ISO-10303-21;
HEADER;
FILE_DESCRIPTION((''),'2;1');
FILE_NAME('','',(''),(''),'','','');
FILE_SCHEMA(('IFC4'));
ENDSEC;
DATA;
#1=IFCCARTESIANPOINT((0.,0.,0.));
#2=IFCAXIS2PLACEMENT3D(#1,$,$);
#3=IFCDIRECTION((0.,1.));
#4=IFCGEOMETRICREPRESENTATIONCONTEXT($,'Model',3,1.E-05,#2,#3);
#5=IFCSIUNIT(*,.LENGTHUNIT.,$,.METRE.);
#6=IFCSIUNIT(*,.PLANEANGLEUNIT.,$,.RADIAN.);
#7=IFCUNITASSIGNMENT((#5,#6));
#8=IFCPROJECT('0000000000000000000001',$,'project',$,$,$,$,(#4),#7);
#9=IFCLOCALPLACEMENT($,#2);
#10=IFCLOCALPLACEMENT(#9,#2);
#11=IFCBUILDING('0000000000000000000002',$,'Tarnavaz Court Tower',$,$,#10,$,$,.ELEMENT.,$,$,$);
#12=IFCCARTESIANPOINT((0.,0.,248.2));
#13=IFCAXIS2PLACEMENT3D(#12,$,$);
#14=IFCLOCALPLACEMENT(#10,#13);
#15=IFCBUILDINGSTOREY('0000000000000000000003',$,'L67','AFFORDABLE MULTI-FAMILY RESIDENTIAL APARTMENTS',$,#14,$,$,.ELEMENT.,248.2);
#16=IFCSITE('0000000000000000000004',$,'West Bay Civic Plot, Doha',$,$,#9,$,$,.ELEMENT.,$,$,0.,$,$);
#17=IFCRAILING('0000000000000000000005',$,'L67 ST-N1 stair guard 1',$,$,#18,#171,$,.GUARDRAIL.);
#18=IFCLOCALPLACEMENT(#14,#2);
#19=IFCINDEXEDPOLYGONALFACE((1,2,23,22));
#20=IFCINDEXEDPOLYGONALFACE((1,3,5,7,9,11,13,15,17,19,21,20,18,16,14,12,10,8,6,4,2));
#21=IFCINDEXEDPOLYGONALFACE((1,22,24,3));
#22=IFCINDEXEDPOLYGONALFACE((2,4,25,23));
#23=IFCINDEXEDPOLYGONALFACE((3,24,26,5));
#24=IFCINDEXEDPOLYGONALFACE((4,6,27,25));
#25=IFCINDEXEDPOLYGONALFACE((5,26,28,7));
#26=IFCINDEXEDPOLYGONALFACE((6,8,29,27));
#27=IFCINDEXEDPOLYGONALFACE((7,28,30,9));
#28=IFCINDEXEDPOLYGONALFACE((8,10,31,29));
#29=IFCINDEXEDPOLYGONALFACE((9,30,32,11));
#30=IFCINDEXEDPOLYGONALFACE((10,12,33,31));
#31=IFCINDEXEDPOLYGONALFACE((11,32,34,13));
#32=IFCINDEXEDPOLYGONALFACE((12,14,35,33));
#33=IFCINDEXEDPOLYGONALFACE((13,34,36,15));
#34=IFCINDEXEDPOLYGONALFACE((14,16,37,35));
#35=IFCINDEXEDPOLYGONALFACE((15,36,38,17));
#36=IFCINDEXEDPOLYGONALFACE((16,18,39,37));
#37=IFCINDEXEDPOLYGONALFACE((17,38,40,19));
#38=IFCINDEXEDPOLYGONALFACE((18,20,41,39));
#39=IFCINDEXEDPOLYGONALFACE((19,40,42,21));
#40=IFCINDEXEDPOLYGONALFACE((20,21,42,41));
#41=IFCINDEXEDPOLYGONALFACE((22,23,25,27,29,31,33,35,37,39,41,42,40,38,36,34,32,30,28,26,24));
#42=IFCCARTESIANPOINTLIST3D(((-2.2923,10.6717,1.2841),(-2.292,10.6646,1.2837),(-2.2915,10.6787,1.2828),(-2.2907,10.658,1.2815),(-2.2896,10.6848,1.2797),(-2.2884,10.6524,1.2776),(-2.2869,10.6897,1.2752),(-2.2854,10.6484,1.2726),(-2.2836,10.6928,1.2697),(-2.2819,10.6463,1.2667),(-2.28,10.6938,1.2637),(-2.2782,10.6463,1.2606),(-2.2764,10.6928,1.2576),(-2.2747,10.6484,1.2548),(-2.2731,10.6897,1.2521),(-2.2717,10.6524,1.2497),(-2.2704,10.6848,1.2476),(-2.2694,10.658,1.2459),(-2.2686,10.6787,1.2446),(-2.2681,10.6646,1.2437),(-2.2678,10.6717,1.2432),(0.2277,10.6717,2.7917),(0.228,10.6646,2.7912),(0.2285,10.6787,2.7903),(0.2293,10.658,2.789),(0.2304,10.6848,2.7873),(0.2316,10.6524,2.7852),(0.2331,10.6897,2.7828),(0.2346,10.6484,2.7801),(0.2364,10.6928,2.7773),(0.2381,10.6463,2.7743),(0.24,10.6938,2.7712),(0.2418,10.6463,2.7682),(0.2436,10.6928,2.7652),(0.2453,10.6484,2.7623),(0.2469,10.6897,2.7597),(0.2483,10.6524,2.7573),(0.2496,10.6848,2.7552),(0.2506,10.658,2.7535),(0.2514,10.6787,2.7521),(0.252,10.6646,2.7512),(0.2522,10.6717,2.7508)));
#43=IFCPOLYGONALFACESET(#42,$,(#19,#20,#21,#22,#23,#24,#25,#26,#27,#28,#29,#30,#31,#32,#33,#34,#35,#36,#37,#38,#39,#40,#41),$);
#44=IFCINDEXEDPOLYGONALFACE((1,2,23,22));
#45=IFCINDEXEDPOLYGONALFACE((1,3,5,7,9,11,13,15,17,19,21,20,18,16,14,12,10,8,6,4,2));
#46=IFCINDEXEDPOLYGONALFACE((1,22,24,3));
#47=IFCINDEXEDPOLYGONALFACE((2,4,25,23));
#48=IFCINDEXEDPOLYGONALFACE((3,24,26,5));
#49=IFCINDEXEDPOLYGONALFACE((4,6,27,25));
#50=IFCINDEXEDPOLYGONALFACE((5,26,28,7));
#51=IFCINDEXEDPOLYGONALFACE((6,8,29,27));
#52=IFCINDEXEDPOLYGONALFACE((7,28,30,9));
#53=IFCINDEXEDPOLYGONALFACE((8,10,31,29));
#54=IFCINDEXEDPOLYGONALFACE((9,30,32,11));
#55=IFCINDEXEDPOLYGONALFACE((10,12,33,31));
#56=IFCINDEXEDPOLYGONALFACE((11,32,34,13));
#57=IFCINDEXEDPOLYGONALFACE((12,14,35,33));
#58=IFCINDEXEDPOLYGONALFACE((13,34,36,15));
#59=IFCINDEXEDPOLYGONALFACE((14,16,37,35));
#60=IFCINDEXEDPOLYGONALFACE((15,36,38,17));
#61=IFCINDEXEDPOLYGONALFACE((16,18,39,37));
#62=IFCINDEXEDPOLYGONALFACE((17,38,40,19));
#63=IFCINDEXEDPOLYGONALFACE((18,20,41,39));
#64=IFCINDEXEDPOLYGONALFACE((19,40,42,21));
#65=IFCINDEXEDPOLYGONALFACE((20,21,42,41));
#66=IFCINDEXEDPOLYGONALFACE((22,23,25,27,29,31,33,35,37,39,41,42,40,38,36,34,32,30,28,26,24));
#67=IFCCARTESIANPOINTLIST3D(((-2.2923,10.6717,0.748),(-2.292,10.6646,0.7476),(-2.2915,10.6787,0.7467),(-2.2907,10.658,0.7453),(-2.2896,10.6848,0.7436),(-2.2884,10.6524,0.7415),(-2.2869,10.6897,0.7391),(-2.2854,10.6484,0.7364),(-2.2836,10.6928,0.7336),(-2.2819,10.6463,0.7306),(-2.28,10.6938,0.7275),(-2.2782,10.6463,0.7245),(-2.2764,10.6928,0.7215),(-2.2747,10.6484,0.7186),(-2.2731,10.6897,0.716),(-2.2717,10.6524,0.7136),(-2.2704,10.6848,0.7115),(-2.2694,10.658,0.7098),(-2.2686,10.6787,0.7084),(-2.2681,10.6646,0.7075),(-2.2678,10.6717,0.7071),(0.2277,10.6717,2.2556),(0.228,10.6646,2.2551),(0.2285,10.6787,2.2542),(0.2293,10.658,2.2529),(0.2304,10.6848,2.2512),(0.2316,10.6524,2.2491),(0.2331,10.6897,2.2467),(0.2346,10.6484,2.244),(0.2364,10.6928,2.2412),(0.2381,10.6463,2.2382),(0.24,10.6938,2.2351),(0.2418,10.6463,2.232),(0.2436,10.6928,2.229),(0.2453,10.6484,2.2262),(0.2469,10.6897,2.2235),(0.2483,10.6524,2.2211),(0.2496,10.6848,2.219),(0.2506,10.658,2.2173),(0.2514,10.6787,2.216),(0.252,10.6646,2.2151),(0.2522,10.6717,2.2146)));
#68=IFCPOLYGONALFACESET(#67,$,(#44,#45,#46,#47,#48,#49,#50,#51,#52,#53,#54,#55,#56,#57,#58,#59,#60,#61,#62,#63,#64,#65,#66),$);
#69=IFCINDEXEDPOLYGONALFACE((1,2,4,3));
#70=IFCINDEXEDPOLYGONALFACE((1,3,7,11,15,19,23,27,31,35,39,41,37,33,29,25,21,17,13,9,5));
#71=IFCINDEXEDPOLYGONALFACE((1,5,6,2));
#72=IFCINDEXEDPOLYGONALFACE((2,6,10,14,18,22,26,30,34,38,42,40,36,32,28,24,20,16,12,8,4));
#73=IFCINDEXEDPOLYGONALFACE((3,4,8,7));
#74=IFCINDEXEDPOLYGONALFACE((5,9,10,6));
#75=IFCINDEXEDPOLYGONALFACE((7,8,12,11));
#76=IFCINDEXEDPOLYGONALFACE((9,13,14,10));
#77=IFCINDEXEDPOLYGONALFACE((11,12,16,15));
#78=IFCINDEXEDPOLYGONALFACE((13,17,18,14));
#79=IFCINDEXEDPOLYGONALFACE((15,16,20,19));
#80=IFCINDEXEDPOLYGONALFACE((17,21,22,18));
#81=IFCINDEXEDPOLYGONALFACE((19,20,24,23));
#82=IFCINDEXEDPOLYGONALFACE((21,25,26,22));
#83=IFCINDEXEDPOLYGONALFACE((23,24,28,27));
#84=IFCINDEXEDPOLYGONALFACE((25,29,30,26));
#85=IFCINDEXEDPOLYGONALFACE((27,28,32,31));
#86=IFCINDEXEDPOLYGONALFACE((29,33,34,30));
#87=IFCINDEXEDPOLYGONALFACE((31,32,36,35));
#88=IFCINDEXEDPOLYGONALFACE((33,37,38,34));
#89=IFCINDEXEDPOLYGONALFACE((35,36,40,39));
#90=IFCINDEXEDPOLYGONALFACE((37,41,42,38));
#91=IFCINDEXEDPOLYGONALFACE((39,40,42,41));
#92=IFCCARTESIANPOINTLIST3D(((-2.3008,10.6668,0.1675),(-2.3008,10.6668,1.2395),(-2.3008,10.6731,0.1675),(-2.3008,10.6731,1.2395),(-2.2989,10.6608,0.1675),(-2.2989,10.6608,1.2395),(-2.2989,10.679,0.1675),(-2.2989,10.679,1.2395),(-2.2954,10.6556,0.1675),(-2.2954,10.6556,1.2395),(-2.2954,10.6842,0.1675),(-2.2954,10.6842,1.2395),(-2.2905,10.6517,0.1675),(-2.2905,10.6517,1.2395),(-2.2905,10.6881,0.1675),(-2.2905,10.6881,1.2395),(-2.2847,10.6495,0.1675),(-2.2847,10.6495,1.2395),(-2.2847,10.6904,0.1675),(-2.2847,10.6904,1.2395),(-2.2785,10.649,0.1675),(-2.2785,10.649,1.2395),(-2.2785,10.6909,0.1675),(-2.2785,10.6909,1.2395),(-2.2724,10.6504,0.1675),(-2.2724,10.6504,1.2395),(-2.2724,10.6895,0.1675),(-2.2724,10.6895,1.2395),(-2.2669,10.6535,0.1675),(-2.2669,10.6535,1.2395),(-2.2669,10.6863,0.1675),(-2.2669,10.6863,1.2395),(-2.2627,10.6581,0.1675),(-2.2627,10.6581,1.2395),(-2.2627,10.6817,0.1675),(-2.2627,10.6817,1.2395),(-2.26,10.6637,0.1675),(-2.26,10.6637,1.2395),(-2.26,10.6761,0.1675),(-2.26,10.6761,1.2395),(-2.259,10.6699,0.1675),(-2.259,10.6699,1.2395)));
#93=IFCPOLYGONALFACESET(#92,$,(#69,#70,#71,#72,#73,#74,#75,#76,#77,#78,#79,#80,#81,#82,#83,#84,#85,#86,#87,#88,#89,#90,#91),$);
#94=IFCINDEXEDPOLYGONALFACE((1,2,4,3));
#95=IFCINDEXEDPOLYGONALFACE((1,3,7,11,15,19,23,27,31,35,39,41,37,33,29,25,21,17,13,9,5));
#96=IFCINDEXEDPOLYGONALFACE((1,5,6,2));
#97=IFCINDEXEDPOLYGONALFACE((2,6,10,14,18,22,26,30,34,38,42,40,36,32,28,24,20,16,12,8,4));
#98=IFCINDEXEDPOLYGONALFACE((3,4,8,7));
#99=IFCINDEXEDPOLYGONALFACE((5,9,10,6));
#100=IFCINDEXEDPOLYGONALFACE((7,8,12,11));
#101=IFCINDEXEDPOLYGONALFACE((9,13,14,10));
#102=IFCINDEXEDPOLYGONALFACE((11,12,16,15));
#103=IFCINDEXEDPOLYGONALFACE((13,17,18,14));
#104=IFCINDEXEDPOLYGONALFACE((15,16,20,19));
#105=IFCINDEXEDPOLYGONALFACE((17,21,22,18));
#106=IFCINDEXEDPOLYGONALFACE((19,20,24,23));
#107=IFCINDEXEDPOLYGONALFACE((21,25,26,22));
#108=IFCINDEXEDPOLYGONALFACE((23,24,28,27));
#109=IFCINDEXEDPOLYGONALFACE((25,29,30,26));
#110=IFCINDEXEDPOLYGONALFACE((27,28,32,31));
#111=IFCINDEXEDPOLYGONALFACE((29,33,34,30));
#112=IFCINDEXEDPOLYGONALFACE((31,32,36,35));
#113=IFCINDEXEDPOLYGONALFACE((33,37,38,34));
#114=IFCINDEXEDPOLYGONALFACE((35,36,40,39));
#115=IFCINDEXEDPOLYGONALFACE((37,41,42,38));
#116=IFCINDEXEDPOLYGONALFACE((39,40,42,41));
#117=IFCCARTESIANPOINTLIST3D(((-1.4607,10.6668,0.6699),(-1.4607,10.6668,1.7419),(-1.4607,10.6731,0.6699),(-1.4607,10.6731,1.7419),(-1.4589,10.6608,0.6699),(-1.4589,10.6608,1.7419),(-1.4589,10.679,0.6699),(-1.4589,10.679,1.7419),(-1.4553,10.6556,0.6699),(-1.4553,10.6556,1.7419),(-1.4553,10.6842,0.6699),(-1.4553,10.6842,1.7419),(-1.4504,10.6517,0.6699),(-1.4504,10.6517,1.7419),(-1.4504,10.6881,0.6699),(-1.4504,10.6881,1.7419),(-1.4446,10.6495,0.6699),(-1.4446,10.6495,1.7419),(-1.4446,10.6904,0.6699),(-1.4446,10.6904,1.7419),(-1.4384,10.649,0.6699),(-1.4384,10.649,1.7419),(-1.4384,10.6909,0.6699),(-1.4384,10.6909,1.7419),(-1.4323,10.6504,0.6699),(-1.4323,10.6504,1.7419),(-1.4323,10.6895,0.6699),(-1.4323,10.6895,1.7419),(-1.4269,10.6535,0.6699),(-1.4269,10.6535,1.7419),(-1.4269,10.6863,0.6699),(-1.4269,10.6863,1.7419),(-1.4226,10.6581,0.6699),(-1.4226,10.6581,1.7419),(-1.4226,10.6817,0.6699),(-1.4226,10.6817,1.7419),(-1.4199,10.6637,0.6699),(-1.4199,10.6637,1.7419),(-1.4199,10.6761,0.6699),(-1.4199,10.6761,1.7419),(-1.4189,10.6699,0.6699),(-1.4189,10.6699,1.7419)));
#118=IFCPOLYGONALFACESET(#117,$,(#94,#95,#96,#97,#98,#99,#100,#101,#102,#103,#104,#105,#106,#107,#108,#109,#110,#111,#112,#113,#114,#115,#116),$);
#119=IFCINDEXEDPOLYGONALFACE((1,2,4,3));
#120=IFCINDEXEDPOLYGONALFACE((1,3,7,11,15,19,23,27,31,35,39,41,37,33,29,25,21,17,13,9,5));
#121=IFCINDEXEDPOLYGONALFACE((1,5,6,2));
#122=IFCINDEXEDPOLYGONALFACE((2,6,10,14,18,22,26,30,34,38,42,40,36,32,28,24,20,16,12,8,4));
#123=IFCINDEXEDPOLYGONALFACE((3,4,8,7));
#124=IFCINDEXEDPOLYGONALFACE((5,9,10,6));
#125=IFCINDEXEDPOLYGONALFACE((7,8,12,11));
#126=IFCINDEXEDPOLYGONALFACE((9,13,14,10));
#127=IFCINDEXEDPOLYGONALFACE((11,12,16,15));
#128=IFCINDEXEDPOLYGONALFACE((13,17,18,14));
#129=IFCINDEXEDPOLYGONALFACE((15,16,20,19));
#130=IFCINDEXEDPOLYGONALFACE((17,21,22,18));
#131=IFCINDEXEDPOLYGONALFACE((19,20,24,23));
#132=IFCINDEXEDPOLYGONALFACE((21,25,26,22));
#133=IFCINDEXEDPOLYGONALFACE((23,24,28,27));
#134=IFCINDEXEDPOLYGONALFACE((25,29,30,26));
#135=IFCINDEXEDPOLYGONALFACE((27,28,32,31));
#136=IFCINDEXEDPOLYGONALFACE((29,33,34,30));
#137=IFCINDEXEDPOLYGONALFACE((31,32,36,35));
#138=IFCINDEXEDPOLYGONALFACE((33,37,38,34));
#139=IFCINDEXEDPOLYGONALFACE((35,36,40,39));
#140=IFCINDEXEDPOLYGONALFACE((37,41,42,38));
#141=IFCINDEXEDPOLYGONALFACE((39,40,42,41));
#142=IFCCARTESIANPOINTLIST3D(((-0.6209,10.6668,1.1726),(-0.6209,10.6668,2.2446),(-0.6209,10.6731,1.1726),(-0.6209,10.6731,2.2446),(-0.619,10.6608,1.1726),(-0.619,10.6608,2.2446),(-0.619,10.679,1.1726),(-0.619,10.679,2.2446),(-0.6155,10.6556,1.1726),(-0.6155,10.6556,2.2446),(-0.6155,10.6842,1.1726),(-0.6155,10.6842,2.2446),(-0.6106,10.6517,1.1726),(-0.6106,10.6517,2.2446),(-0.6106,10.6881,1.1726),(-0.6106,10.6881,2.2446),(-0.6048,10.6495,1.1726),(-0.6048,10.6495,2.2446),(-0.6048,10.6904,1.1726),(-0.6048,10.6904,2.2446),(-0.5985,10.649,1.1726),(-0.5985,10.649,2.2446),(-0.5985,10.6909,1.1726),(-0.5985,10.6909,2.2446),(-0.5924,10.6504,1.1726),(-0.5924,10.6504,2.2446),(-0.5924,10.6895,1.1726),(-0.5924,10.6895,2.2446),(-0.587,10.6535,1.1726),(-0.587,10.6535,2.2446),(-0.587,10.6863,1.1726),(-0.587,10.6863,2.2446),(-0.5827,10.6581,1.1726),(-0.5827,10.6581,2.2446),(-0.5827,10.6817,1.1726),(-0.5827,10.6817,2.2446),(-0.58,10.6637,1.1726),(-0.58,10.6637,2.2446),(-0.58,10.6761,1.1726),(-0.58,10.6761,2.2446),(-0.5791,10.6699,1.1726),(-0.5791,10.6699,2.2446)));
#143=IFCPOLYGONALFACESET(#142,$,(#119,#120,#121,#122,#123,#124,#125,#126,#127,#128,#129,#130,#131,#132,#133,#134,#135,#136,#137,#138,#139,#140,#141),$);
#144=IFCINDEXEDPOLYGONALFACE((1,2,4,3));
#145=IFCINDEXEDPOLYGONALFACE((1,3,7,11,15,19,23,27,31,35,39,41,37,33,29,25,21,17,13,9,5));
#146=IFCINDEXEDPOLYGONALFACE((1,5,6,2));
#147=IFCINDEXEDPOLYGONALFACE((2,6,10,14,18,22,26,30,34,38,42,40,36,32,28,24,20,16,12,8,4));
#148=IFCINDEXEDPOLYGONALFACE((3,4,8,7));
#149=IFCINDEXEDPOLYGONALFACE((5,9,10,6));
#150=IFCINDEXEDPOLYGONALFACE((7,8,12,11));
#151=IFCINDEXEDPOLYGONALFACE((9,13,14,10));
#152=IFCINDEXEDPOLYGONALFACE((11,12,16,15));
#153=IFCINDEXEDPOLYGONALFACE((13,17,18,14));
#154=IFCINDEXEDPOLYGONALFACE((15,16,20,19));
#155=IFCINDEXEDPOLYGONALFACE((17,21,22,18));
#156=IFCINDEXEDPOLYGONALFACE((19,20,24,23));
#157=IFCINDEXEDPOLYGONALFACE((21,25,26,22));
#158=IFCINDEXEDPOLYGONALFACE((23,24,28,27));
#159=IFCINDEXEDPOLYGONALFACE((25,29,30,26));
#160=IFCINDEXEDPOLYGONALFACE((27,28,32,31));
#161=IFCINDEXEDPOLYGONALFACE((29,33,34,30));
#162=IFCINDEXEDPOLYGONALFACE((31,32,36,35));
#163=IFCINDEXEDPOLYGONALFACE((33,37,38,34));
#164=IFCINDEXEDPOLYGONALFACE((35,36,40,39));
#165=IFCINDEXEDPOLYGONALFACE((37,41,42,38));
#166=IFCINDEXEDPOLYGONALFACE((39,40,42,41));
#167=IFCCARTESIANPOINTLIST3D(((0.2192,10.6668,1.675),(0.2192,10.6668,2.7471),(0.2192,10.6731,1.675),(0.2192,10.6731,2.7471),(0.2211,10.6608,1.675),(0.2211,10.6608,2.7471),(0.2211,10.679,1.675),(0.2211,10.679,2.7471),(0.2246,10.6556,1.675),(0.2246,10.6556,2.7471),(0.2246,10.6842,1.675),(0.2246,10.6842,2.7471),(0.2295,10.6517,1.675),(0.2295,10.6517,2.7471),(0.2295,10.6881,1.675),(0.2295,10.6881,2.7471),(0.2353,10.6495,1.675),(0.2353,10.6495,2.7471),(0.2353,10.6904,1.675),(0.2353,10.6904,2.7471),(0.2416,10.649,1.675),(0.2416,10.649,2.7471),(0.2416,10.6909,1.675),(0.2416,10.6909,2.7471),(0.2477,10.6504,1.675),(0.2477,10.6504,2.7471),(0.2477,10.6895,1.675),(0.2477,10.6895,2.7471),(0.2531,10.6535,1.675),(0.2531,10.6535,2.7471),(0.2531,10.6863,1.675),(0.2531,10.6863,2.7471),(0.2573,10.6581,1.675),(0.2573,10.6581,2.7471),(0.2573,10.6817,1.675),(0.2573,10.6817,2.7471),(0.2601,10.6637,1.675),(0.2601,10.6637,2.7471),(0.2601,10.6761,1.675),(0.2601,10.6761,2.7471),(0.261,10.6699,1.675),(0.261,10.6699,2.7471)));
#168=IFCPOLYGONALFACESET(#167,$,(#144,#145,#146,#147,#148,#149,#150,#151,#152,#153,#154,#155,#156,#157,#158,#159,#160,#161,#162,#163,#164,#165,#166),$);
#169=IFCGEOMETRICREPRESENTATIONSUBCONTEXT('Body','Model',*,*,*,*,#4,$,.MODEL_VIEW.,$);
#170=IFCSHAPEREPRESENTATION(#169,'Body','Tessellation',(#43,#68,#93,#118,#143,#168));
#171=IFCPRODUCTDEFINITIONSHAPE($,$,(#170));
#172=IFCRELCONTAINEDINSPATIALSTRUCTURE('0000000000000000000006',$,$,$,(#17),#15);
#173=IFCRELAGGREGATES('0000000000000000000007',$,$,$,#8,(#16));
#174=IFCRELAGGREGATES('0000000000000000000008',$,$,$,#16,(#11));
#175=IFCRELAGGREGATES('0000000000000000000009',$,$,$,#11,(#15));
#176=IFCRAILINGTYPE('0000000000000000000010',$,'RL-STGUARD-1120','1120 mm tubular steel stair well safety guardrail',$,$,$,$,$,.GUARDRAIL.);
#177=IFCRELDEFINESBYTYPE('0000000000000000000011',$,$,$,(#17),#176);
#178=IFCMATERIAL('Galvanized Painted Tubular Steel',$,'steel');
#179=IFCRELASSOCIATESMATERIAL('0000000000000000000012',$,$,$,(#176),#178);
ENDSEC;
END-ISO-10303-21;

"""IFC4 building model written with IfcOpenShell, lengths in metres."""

from ifc_helpers import new_model, si_unit, direction, frame, origin, origin_2d, place, context, subcontext, project, spatial, circle, extrude, material, type_object, element, save


model = new_model("IFC4")

# Units and contexts
model_context = context("Model", 3, precision=1e-05, world=origin(), true_north=direction((0.0, 1.0)))
body_context = subcontext(model_context, "Body", "Model", "MODEL_VIEW")
ifc_project = project(units=[si_unit("LENGTHUNIT", "METRE"), si_unit("PLANEANGLEUNIT", "RADIAN")], contexts=[model_context])

# Site, building, storey
site_placement = place(None, origin())
site = spatial("IfcSite", under=ifc_project, at=site_placement, Name="West Bay Civic Plot, Doha", CompositionType="ELEMENT", RefElevation=0.0)
building_placement = place(site_placement, origin())
building = spatial("IfcBuilding", under=site, at=building_placement, Name="Tarnavaz Court Tower", CompositionType="ELEMENT")
storey_placement = place(building_placement, frame((0.0, 0.0, 248.2)))
storey = spatial("IfcBuildingStorey", under=building, at=storey_placement, Name="L67", Description="AFFORDABLE MULTI-FAMILY RESIDENTIAL APARTMENTS", CompositionType="ELEMENT", Elevation=248.2)

# Railing
ifc_material_1 = material(Name="Galvanized Painted Tubular Steel", Category="steel")
railing_type_1 = type_object("IfcRailingType", Name="RL-STGUARD-1120", Description="1120 mm tubular steel stair well safety guardrail", PredefinedType="GUARDRAIL", material=ifc_material_1)
railing_1_placement = place(storey_placement, frame((-2.28, 10.6699, 0.1675)))
element("IfcRailing", 1, at=railing_1_placement, inside=storey, type_object=railing_type_1, Name="L67 ST-N1 stair guard 1", PredefinedType="GUARDRAIL", context=body_context, shape_type="SweptSolid", body=[
    extrude(circle(Radius=0.0239, at=origin_2d()), frame((0.0, 0.0, 1.0962), z_axis=(0.85816, 0.0, 0.513383), x_axis=(0.0, 1.0, 0.0)), (0.0, 0.0, 1.0), 2.9365),
    extrude(circle(Radius=0.0239, at=origin_2d()), frame((0.0, 0.0, 0.5601), z_axis=(0.85816, 0.0, 0.513383), x_axis=(0.0, 1.0, 0.0)), (0.0, 0.0, 1.0), 2.9365),
    extrude(circle(Radius=0.021, at=origin_2d()), origin(), (0.0, 0.0, 1.0), 1.072),
    extrude(circle(Radius=0.021, at=origin_2d()), frame((0.8401, 0.0, 0.5024)), (0.0, 0.0, 1.0), 1.072),
    extrude(circle(Radius=0.021, at=origin_2d()), frame((1.6799, 0.0, 1.0051)), (0.0, 0.0, 1.0), 1.072),
    extrude(circle(Radius=0.021, at=origin_2d()), frame((2.52, 0.0, 1.5076)), (0.0, 0.0, 1.0), 1.072),
])

save(model, "model.ifc")
